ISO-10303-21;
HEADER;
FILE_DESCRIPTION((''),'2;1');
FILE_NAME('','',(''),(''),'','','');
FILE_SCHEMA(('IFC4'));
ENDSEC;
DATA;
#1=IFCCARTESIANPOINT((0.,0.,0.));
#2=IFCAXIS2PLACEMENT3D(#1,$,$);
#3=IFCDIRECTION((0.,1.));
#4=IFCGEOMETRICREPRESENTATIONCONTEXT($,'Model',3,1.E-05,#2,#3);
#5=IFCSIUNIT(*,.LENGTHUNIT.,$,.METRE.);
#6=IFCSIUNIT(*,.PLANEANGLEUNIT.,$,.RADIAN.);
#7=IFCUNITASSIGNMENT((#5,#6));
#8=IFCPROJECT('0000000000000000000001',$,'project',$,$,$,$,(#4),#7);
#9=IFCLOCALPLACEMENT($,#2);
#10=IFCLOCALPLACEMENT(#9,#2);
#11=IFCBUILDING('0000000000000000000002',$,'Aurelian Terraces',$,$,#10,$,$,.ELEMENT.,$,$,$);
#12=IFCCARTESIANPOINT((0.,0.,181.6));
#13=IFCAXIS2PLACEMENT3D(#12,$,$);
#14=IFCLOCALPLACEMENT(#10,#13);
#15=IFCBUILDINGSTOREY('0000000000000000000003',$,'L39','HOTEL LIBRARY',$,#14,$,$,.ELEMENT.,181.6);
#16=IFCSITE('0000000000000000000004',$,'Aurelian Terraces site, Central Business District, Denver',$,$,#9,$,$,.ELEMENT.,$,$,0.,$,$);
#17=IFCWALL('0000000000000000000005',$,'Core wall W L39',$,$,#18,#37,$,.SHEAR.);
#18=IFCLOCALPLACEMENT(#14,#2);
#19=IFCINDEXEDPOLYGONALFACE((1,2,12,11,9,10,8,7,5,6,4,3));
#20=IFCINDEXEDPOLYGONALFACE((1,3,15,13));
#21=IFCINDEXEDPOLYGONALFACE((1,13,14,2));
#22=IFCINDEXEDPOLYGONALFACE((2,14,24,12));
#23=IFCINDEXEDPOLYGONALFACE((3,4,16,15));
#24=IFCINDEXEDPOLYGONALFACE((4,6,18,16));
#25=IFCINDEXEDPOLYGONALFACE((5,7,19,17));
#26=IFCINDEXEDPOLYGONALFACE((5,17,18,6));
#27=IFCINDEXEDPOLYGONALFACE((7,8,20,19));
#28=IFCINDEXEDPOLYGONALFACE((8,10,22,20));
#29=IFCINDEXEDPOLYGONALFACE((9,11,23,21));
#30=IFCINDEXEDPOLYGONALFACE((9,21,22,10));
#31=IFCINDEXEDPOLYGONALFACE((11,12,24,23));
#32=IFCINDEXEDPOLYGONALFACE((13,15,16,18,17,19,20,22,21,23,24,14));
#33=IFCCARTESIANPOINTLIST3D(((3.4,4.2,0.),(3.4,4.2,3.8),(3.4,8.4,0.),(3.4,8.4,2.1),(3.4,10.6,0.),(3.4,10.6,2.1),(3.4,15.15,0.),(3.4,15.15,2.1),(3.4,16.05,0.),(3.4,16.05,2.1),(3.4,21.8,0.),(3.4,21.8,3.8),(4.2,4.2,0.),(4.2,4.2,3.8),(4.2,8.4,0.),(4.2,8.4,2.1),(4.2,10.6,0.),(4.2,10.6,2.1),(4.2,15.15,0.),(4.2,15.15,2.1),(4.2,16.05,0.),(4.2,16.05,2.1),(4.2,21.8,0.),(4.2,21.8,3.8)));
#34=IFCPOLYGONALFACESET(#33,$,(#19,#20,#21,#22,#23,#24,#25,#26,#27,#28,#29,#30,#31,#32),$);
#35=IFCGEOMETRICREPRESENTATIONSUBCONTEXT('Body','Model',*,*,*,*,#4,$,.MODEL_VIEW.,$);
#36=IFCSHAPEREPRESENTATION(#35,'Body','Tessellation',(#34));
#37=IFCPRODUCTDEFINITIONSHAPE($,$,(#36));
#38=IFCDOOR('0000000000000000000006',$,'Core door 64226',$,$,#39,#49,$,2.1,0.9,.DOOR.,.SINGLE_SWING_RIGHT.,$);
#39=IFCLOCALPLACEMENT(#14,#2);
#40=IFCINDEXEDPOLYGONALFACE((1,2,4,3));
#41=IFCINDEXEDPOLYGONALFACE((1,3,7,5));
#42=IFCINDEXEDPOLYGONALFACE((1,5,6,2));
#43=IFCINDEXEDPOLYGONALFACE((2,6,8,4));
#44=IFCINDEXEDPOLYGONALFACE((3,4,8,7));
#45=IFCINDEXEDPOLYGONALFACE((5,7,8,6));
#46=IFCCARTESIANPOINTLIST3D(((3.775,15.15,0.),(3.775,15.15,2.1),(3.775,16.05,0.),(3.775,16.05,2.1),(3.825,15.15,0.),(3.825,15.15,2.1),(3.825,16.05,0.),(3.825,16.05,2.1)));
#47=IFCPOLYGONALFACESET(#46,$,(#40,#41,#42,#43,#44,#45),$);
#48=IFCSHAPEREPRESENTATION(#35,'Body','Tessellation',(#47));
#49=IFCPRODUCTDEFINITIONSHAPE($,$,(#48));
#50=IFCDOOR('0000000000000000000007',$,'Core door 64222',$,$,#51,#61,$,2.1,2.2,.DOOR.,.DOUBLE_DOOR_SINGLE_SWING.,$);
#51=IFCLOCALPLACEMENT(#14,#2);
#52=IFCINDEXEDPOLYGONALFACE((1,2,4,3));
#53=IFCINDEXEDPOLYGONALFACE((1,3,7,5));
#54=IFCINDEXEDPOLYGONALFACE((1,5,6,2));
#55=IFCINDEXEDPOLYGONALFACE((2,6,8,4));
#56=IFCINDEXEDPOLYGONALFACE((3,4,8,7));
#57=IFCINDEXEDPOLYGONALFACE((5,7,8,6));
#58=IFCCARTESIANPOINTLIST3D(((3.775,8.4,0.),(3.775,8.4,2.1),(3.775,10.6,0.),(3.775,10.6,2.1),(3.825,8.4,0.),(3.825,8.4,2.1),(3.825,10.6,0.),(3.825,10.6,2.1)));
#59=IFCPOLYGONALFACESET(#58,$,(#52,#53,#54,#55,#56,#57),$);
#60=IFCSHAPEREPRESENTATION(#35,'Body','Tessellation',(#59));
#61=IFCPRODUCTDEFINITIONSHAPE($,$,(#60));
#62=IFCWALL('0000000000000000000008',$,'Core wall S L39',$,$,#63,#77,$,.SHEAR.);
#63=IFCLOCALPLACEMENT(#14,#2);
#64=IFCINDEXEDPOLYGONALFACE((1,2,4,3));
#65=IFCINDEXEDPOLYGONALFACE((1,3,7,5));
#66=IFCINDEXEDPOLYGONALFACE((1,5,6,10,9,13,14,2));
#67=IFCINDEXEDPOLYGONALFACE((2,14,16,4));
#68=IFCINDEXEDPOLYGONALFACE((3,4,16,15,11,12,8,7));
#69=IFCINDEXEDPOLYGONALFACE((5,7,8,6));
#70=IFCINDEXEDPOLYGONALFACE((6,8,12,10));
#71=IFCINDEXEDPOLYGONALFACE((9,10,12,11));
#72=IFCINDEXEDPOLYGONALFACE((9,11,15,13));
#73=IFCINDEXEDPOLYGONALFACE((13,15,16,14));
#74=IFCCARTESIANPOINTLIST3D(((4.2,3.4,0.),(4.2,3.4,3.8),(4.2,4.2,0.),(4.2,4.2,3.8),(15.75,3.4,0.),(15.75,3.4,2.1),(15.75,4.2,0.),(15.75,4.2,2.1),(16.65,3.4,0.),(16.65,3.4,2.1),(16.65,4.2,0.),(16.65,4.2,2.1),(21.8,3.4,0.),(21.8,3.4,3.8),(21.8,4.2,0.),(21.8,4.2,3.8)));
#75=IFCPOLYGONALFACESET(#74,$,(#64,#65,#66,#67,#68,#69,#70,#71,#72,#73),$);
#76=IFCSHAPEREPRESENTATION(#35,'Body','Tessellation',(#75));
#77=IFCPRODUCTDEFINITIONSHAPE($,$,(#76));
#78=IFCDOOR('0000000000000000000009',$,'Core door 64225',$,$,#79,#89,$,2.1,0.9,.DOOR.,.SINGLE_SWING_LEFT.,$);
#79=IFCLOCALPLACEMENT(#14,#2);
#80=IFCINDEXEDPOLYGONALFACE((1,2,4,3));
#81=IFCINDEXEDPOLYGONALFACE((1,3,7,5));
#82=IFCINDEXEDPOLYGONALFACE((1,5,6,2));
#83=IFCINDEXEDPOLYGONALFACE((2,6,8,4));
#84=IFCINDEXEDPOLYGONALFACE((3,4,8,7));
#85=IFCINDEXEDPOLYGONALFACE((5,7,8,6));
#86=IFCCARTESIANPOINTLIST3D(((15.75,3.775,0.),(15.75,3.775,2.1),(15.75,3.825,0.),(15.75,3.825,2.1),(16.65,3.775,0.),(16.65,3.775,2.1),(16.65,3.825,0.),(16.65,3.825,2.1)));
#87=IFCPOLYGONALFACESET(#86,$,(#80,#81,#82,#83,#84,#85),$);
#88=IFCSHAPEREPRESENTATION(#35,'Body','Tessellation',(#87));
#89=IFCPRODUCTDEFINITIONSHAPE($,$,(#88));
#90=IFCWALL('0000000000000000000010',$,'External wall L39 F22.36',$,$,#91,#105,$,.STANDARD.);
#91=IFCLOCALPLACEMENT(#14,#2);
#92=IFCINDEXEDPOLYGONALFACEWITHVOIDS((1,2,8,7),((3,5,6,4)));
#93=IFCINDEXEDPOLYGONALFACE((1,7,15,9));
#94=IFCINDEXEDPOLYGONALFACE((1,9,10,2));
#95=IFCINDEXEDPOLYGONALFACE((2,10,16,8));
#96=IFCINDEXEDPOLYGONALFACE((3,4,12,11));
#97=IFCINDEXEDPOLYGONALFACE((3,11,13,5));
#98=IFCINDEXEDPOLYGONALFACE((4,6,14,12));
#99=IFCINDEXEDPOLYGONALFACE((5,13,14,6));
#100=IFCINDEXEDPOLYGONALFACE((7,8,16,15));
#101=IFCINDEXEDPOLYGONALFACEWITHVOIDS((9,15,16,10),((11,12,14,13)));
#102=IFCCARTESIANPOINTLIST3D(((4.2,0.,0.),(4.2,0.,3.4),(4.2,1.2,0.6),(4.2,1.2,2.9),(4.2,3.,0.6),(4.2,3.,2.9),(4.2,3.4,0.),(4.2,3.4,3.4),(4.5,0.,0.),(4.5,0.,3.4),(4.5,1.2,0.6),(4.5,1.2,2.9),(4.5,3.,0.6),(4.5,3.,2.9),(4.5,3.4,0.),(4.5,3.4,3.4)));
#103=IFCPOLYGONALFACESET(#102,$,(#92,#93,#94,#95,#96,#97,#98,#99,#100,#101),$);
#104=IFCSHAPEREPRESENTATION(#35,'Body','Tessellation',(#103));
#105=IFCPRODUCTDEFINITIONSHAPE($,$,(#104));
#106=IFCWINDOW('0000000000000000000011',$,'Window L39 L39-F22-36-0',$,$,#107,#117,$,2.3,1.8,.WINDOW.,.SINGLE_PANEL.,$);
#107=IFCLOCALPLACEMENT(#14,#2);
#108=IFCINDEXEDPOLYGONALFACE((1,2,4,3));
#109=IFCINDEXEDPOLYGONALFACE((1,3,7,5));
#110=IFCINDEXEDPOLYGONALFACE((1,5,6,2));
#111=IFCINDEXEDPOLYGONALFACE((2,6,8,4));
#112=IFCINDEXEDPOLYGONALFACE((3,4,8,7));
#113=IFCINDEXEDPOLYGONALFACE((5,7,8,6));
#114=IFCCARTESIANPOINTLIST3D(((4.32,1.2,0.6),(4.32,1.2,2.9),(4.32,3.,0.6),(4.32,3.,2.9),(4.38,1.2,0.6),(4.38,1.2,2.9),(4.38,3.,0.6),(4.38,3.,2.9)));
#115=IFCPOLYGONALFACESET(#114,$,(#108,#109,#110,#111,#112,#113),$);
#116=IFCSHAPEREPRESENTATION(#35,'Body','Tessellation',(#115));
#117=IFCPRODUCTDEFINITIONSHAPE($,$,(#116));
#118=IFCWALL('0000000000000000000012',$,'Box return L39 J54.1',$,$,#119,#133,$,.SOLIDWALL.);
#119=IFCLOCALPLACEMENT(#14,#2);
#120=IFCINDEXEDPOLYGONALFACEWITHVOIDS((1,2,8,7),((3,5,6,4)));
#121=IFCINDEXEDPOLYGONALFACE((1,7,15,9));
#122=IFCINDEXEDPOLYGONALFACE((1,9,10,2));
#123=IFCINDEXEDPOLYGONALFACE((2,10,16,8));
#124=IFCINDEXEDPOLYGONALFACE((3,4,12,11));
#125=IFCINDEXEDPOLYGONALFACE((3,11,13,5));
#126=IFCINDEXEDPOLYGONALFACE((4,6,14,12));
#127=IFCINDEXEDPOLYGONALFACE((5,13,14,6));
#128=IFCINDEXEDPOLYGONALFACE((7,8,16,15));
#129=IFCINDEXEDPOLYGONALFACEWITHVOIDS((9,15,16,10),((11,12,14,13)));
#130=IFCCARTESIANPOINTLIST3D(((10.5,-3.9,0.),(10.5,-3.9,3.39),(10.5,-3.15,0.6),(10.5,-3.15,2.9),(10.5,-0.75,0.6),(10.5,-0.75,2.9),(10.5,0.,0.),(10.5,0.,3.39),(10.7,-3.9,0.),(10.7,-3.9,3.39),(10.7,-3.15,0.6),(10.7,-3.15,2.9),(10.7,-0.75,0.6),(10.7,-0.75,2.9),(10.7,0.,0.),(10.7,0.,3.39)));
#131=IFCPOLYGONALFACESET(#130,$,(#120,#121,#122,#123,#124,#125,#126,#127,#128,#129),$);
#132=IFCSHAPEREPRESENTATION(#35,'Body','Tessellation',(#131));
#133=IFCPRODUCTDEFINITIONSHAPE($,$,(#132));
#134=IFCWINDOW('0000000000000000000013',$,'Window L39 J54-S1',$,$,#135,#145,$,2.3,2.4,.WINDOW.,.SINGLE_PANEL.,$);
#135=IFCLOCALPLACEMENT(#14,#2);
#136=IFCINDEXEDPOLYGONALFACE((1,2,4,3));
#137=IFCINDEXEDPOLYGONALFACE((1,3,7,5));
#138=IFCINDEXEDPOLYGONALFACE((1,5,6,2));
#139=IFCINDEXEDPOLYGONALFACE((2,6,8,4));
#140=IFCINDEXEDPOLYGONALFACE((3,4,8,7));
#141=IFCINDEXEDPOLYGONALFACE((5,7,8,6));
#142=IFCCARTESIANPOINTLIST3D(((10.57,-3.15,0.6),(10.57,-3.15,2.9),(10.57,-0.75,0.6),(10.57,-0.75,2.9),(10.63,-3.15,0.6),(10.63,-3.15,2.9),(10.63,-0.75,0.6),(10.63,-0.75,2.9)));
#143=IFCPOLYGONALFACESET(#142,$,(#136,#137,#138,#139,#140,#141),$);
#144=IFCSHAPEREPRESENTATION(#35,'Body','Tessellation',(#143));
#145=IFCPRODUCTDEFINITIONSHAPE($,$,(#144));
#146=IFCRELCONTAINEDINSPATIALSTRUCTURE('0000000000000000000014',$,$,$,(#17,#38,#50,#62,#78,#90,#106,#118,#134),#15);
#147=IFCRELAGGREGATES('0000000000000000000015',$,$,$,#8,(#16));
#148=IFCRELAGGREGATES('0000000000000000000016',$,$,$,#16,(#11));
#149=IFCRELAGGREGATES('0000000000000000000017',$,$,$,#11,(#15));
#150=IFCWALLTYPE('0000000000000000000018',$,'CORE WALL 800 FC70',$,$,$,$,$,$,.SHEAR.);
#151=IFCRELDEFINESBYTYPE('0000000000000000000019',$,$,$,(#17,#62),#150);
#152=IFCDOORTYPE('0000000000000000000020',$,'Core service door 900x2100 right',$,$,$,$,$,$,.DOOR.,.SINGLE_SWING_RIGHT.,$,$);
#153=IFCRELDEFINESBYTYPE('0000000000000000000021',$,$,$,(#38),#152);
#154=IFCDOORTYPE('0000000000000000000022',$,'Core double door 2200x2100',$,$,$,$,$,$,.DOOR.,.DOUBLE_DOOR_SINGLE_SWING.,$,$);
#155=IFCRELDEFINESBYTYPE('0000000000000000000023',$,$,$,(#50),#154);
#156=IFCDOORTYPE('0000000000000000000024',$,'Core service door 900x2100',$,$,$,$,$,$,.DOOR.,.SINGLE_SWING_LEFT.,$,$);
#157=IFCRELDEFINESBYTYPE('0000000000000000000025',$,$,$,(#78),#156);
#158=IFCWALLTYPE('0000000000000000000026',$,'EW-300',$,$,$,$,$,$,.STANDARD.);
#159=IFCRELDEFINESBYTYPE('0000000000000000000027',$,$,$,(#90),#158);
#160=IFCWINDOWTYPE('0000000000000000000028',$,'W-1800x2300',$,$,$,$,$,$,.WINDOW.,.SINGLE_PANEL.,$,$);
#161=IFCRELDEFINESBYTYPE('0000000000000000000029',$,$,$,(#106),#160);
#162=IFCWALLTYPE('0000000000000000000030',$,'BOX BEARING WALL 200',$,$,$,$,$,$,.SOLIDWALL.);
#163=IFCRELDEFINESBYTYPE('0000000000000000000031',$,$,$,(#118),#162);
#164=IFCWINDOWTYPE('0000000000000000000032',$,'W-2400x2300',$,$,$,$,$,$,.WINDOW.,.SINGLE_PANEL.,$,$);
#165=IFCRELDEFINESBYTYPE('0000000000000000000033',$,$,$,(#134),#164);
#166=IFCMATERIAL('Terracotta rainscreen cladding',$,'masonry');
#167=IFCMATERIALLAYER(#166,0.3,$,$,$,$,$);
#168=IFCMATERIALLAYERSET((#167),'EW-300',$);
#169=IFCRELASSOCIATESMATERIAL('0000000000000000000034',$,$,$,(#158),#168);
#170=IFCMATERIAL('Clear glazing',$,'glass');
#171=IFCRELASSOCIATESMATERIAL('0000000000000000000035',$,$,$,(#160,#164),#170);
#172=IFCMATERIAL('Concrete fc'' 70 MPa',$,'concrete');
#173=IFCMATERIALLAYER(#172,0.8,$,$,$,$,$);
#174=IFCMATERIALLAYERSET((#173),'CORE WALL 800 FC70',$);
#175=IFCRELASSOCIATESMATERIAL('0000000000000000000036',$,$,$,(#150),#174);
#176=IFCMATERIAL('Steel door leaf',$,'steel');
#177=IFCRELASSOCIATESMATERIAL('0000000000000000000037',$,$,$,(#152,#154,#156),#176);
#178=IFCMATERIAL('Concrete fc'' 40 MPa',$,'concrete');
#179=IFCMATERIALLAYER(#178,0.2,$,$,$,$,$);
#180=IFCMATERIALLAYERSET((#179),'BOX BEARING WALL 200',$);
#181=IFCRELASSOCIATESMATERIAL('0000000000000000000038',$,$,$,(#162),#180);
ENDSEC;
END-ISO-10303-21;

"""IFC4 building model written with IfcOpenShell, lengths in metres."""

from ifc_helpers import new_model, si_unit, direction, frame, frame_2d, origin, place, context, subcontext, project, spatial, rectangle, extrude, source, transform, mapped, material, layer, layer_set, type_object, element, fill, save


model = new_model("IFC4")

# Units and contexts
model_context = context("Model", 3, precision=1e-05, world=origin(), true_north=direction((0.0, 1.0)))
body_context = subcontext(model_context, "Body", "Model", "MODEL_VIEW")
ifc_project = project(units=[si_unit("LENGTHUNIT", "METRE"), si_unit("PLANEANGLEUNIT", "RADIAN")], contexts=[model_context])

# Site, building, storey
site_placement = place(None, origin())
site = spatial("IfcSite", under=ifc_project, at=site_placement, Name="Aurelian Terraces site, Central Business District, Denver", CompositionType="ELEMENT", RefElevation=0.0)
building_placement = place(site_placement, origin())
building = spatial("IfcBuilding", under=site, at=building_placement, Name="Aurelian Terraces", CompositionType="ELEMENT")
storey_placement = place(building_placement, frame((0.0, 0.0, 181.6)))
storey = spatial("IfcBuildingStorey", under=building, at=storey_placement, Name="L39", Description="HOTEL LIBRARY", CompositionType="ELEMENT", Elevation=181.6)

# Shared definitions
ifc_material_1 = material(Name="Concrete fc' 70 MPa", Category="concrete")

# Shared definitions
ifc_material_2 = material(Name="Concrete fc' 40 MPa", Category="concrete")
ifc_material_3 = material(Name="Clear glazing", Category="glass")

# Shared definitions
ifc_material_4 = material(Name="Terracotta rainscreen cladding", Category="masonry")
ifc_layer_1 = layer(ifc_material_4, 0.3)
ifc_layer_set_1 = layer_set([ifc_layer_1], Name="EW-300")
wall_type_1 = type_object("IfcWallType", Name="EW-300", PredefinedType="STANDARD", material=ifc_layer_set_1)
shared_shape_1 = source(origin(), body_context, "Body", "SweptSolid", [
    extrude(rectangle(XDim=1.8, YDim=2.3, at=frame_2d((0.9, 1.15))), frame((0.0, 0.16, 0.0), z_axis=(0.0, -1.0, 0.0), x_axis=(1.0, 0.0, 0.0)), (0.0, 0.0, 1.0), 0.32),
])
window_type_1 = type_object("IfcWindowType", Name="W-1800x2300", PartitioningType="SINGLE_PANEL", PredefinedType="WINDOW", material=ifc_material_3)
shared_shape_2 = source(origin(), body_context, "Body", "SweptSolid", [
    extrude(rectangle(XDim=1.8, YDim=2.3, at=frame_2d((0.9, 1.15))), frame((0.0, 0.03, 0.0), z_axis=(0.0, -1.0, 0.0), x_axis=(1.0, 0.0, 0.0)), (0.0, 0.0, 1.0), 0.06),
])

# Wall, openings, doors
ifc_layer_2 = layer(ifc_material_1, 0.8)
ifc_layer_set_2 = layer_set([ifc_layer_2], Name="CORE WALL 800 FC70")
wall_type_2 = type_object("IfcWallType", Name="CORE WALL 800 FC70", PredefinedType="SHEAR", material=ifc_layer_set_2)
shared_shape_3 = source(origin(), body_context, "Body", "SweptSolid", [
    extrude(rectangle(XDim=17.6, YDim=0.8, at=frame_2d((8.8, 0.0))), origin(), (0.0, 0.0, 1.0), 3.8),
])
wall_1_placement = place(storey_placement, frame((3.8, 4.2, 0.0), z_axis=(0.0, 0.0, 1.0), x_axis=(0.0, 1.0, 0.0)))
wall_1 = element("IfcWall", 1, at=wall_1_placement, inside=storey, type_object=wall_type_2, Name="Core wall W L39", PredefinedType="SHEAR", context=body_context, shape_type="MappedRepresentation", body=[
    mapped(shared_shape_3, transform((0.0, 0.0, 0.0), scale=1.0)),
])
shared_shape_4 = source(origin(), body_context, "Body", "SweptSolid", [
    extrude(rectangle(XDim=2.2, YDim=2.1, at=frame_2d((1.1, 1.05))), frame((0.0, 0.41, 0.0), z_axis=(0.0, -1.0, 0.0), x_axis=(1.0, 0.0, 0.0)), (0.0, 0.0, 1.0), 0.82),
])
opening_1_placement = place(wall_1_placement, frame((4.2, 0.0, 0.0)))
opening_1 = element("IfcOpeningElement", 2, at=opening_1_placement, cuts=wall_1, PredefinedType="OPENING", context=body_context, shape_type="MappedRepresentation", body=[
    mapped(shared_shape_4, transform((0.0, 0.0, 0.0), scale=1.0)),
])
shared_shape_5 = source(origin(), body_context, "Body", "SweptSolid", [
    extrude(rectangle(XDim=0.9, YDim=2.1, at=frame_2d((0.45, 1.05))), frame((0.0, 0.41, 0.0), z_axis=(0.0, -1.0, 0.0), x_axis=(1.0, 0.0, 0.0)), (0.0, 0.0, 1.0), 0.82),
])
opening_2_placement = place(wall_1_placement, frame((10.95, 0.0, 0.0)))
opening_2 = element("IfcOpeningElement", 3, at=opening_2_placement, cuts=wall_1, PredefinedType="OPENING", context=body_context, shape_type="MappedRepresentation", body=[
    mapped(shared_shape_5, transform((0.0, 0.0, 0.0), scale=1.0)),
])
ifc_material_5 = material(Name="Steel door leaf", Category="steel")
door_type_1 = type_object("IfcDoorType", Name="Core service door 900x2100 right", OperationType="SINGLE_SWING_RIGHT", PredefinedType="DOOR", material=ifc_material_5)
shared_shape_6 = source(origin(), body_context, "Body", "SweptSolid", [
    extrude(rectangle(XDim=0.9, YDim=2.1, at=frame_2d((0.45, 1.05))), frame((0.0, 0.025, 0.0), z_axis=(0.0, -1.0, 0.0), x_axis=(1.0, 0.0, 0.0)), (0.0, 0.0, 1.0), 0.05),
])
door_1_placement = place(opening_2_placement, origin())
door_1 = element("IfcDoor", 4, at=door_1_placement, inside=storey, type_object=door_type_1, Name="Core door 64226", OperationType="SINGLE_SWING_RIGHT", OverallHeight=2.1, OverallWidth=0.9, PredefinedType="DOOR", context=body_context, shape_type="MappedRepresentation", body=[
    mapped(shared_shape_6, transform((0.0, 0.0, 0.0), scale=1.0)),
])
fill(opening_2, door_1)
door_type_2 = type_object("IfcDoorType", Name="Core double door 2200x2100", OperationType="DOUBLE_DOOR_SINGLE_SWING", PredefinedType="DOOR", material=ifc_material_5)
shared_shape_7 = source(origin(), body_context, "Body", "SweptSolid", [
    extrude(rectangle(XDim=2.2, YDim=2.1, at=frame_2d((1.1, 1.05))), frame((0.0, 0.025, 0.0), z_axis=(0.0, -1.0, 0.0), x_axis=(1.0, 0.0, 0.0)), (0.0, 0.0, 1.0), 0.05),
])
door_2_placement = place(opening_1_placement, origin())
door_2 = element("IfcDoor", 5, at=door_2_placement, inside=storey, type_object=door_type_2, Name="Core door 64222", OperationType="DOUBLE_DOOR_SINGLE_SWING", OverallHeight=2.1, OverallWidth=2.2, PredefinedType="DOOR", context=body_context, shape_type="MappedRepresentation", body=[
    mapped(shared_shape_7, transform((0.0, 0.0, 0.0), scale=1.0)),
])
fill(opening_1, door_2)

# Wall, opening, door
wall_2_placement = place(storey_placement, frame((4.2, 3.8, 0.0), z_axis=(0.0, 0.0, 1.0), x_axis=(1.0, 0.0, 0.0)))
wall_2 = element("IfcWall", 6, at=wall_2_placement, inside=storey, type_object=wall_type_2, Name="Core wall S L39", PredefinedType="SHEAR", context=body_context, shape_type="MappedRepresentation", body=[
    mapped(shared_shape_3, transform((0.0, 0.0, 0.0), scale=1.0)),
])
opening_3_placement = place(wall_2_placement, frame((11.55, 0.0, 0.0)))
opening_3 = element("IfcOpeningElement", 7, at=opening_3_placement, cuts=wall_2, PredefinedType="OPENING", context=body_context, shape_type="MappedRepresentation", body=[
    mapped(shared_shape_5, transform((0.0, 0.0, 0.0), scale=1.0)),
])
door_type_3 = type_object("IfcDoorType", Name="Core service door 900x2100", OperationType="SINGLE_SWING_LEFT", PredefinedType="DOOR", material=ifc_material_5)
door_3_placement = place(opening_3_placement, origin())
door_3 = element("IfcDoor", 8, at=door_3_placement, inside=storey, type_object=door_type_3, Name="Core door 64225", OperationType="SINGLE_SWING_LEFT", OverallHeight=2.1, OverallWidth=0.9, PredefinedType="DOOR", context=body_context, shape_type="MappedRepresentation", body=[
    mapped(shared_shape_6, transform((0.0, 0.0, 0.0), scale=1.0)),
])
fill(opening_3, door_3)

# Walls, openings, windows
shared_shape_8 = source(origin(), body_context, "Body", "SweptSolid", [
    extrude(rectangle(XDim=3.4, YDim=0.3, at=frame_2d((1.7, 0.0))), origin(), (0.0, 0.0, 1.0), 3.4),
])
wall_3_placement = place(storey_placement, frame((4.35, 3.4, 0.0), z_axis=(0.0, 0.0, 1.0), x_axis=(0.0, -1.0, 0.0)))
wall_3 = element("IfcWall", 9, at=wall_3_placement, inside=storey, type_object=wall_type_1, Name="External wall L39 F22.36", PredefinedType="STANDARD", context=body_context, shape_type="MappedRepresentation", body=[
    mapped(shared_shape_8, transform((0.0, 0.0, 0.0), scale=1.0)),
])
opening_4_placement = place(wall_3_placement, frame((0.4, 0.0, 0.6)))
opening_4 = element("IfcOpeningElement", 10, at=opening_4_placement, cuts=wall_3, PredefinedType="OPENING", context=body_context, shape_type="MappedRepresentation", body=[
    mapped(shared_shape_1, transform((0.0, 0.0, 0.0), scale=1.0)),
])
window_1_placement = place(opening_4_placement, origin())
window_1 = element("IfcWindow", 11, at=window_1_placement, inside=storey, type_object=window_type_1, Name="Window L39 L39-F22-36-0", OverallHeight=2.3, OverallWidth=1.8, PartitioningType="SINGLE_PANEL", PredefinedType="WINDOW", context=body_context, shape_type="MappedRepresentation", body=[
    mapped(shared_shape_2, transform((0.0, 0.0, 0.0), scale=1.0)),
])
fill(opening_4, window_1)
ifc_layer_3 = layer(ifc_material_2, 0.2)
ifc_layer_set_3 = layer_set([ifc_layer_3], Name="BOX BEARING WALL 200")
wall_type_3 = type_object("IfcWallType", Name="BOX BEARING WALL 200", PredefinedType="SOLIDWALL", material=ifc_layer_set_3)
shared_shape_9 = source(origin(), body_context, "Body", "SweptSolid", [
    extrude(rectangle(XDim=3.9, YDim=0.2, at=frame_2d((1.95, 0.0))), origin(), (0.0, 0.0, 1.0), 3.39),
])
wall_4_placement = place(storey_placement, frame((10.6, 0.0, 0.0), z_axis=(0.0, 0.0, 1.0), x_axis=(0.0, -1.0, 0.0)))
wall_4 = element("IfcWall", 12, at=wall_4_placement, inside=storey, type_object=wall_type_3, Name="Box return L39 J54.1", PredefinedType="SOLIDWALL", context=body_context, shape_type="MappedRepresentation", body=[
    mapped(shared_shape_9, transform((0.0, 0.0, 0.0), scale=1.0)),
])
shared_shape_10 = source(origin(), body_context, "Body", "SweptSolid", [
    extrude(rectangle(XDim=2.4, YDim=2.3, at=frame_2d((1.2, 1.15))), frame((0.0, 0.11, 0.0), z_axis=(0.0, -1.0, 0.0), x_axis=(1.0, 0.0, 0.0)), (0.0, 0.0, 1.0), 0.22),
])
opening_5_placement = place(wall_4_placement, frame((0.75, 0.0, 0.6)))
opening_5 = element("IfcOpeningElement", 13, at=opening_5_placement, cuts=wall_4, PredefinedType="OPENING", context=body_context, shape_type="MappedRepresentation", body=[
    mapped(shared_shape_10, transform((0.0, 0.0, 0.0), scale=1.0)),
])
window_type_2 = type_object("IfcWindowType", Name="W-2400x2300", PartitioningType="SINGLE_PANEL", PredefinedType="WINDOW", material=ifc_material_3)
shared_shape_11 = source(origin(), body_context, "Body", "SweptSolid", [
    extrude(rectangle(XDim=2.4, YDim=2.3, at=frame_2d((1.2, 1.15))), frame((0.0, 0.03, 0.0), z_axis=(0.0, -1.0, 0.0), x_axis=(1.0, 0.0, 0.0)), (0.0, 0.0, 1.0), 0.06),
])
window_2_placement = place(opening_5_placement, origin())
window_2 = element("IfcWindow", 14, at=window_2_placement, inside=storey, type_object=window_type_2, Name="Window L39 J54-S1", OverallHeight=2.3, OverallWidth=2.4, PartitioningType="SINGLE_PANEL", PredefinedType="WINDOW", context=body_context, shape_type="MappedRepresentation", body=[
    mapped(shared_shape_11, transform((0.0, 0.0, 0.0), scale=1.0)),
])
fill(opening_5, window_2)

save(model, "model.ifc")
